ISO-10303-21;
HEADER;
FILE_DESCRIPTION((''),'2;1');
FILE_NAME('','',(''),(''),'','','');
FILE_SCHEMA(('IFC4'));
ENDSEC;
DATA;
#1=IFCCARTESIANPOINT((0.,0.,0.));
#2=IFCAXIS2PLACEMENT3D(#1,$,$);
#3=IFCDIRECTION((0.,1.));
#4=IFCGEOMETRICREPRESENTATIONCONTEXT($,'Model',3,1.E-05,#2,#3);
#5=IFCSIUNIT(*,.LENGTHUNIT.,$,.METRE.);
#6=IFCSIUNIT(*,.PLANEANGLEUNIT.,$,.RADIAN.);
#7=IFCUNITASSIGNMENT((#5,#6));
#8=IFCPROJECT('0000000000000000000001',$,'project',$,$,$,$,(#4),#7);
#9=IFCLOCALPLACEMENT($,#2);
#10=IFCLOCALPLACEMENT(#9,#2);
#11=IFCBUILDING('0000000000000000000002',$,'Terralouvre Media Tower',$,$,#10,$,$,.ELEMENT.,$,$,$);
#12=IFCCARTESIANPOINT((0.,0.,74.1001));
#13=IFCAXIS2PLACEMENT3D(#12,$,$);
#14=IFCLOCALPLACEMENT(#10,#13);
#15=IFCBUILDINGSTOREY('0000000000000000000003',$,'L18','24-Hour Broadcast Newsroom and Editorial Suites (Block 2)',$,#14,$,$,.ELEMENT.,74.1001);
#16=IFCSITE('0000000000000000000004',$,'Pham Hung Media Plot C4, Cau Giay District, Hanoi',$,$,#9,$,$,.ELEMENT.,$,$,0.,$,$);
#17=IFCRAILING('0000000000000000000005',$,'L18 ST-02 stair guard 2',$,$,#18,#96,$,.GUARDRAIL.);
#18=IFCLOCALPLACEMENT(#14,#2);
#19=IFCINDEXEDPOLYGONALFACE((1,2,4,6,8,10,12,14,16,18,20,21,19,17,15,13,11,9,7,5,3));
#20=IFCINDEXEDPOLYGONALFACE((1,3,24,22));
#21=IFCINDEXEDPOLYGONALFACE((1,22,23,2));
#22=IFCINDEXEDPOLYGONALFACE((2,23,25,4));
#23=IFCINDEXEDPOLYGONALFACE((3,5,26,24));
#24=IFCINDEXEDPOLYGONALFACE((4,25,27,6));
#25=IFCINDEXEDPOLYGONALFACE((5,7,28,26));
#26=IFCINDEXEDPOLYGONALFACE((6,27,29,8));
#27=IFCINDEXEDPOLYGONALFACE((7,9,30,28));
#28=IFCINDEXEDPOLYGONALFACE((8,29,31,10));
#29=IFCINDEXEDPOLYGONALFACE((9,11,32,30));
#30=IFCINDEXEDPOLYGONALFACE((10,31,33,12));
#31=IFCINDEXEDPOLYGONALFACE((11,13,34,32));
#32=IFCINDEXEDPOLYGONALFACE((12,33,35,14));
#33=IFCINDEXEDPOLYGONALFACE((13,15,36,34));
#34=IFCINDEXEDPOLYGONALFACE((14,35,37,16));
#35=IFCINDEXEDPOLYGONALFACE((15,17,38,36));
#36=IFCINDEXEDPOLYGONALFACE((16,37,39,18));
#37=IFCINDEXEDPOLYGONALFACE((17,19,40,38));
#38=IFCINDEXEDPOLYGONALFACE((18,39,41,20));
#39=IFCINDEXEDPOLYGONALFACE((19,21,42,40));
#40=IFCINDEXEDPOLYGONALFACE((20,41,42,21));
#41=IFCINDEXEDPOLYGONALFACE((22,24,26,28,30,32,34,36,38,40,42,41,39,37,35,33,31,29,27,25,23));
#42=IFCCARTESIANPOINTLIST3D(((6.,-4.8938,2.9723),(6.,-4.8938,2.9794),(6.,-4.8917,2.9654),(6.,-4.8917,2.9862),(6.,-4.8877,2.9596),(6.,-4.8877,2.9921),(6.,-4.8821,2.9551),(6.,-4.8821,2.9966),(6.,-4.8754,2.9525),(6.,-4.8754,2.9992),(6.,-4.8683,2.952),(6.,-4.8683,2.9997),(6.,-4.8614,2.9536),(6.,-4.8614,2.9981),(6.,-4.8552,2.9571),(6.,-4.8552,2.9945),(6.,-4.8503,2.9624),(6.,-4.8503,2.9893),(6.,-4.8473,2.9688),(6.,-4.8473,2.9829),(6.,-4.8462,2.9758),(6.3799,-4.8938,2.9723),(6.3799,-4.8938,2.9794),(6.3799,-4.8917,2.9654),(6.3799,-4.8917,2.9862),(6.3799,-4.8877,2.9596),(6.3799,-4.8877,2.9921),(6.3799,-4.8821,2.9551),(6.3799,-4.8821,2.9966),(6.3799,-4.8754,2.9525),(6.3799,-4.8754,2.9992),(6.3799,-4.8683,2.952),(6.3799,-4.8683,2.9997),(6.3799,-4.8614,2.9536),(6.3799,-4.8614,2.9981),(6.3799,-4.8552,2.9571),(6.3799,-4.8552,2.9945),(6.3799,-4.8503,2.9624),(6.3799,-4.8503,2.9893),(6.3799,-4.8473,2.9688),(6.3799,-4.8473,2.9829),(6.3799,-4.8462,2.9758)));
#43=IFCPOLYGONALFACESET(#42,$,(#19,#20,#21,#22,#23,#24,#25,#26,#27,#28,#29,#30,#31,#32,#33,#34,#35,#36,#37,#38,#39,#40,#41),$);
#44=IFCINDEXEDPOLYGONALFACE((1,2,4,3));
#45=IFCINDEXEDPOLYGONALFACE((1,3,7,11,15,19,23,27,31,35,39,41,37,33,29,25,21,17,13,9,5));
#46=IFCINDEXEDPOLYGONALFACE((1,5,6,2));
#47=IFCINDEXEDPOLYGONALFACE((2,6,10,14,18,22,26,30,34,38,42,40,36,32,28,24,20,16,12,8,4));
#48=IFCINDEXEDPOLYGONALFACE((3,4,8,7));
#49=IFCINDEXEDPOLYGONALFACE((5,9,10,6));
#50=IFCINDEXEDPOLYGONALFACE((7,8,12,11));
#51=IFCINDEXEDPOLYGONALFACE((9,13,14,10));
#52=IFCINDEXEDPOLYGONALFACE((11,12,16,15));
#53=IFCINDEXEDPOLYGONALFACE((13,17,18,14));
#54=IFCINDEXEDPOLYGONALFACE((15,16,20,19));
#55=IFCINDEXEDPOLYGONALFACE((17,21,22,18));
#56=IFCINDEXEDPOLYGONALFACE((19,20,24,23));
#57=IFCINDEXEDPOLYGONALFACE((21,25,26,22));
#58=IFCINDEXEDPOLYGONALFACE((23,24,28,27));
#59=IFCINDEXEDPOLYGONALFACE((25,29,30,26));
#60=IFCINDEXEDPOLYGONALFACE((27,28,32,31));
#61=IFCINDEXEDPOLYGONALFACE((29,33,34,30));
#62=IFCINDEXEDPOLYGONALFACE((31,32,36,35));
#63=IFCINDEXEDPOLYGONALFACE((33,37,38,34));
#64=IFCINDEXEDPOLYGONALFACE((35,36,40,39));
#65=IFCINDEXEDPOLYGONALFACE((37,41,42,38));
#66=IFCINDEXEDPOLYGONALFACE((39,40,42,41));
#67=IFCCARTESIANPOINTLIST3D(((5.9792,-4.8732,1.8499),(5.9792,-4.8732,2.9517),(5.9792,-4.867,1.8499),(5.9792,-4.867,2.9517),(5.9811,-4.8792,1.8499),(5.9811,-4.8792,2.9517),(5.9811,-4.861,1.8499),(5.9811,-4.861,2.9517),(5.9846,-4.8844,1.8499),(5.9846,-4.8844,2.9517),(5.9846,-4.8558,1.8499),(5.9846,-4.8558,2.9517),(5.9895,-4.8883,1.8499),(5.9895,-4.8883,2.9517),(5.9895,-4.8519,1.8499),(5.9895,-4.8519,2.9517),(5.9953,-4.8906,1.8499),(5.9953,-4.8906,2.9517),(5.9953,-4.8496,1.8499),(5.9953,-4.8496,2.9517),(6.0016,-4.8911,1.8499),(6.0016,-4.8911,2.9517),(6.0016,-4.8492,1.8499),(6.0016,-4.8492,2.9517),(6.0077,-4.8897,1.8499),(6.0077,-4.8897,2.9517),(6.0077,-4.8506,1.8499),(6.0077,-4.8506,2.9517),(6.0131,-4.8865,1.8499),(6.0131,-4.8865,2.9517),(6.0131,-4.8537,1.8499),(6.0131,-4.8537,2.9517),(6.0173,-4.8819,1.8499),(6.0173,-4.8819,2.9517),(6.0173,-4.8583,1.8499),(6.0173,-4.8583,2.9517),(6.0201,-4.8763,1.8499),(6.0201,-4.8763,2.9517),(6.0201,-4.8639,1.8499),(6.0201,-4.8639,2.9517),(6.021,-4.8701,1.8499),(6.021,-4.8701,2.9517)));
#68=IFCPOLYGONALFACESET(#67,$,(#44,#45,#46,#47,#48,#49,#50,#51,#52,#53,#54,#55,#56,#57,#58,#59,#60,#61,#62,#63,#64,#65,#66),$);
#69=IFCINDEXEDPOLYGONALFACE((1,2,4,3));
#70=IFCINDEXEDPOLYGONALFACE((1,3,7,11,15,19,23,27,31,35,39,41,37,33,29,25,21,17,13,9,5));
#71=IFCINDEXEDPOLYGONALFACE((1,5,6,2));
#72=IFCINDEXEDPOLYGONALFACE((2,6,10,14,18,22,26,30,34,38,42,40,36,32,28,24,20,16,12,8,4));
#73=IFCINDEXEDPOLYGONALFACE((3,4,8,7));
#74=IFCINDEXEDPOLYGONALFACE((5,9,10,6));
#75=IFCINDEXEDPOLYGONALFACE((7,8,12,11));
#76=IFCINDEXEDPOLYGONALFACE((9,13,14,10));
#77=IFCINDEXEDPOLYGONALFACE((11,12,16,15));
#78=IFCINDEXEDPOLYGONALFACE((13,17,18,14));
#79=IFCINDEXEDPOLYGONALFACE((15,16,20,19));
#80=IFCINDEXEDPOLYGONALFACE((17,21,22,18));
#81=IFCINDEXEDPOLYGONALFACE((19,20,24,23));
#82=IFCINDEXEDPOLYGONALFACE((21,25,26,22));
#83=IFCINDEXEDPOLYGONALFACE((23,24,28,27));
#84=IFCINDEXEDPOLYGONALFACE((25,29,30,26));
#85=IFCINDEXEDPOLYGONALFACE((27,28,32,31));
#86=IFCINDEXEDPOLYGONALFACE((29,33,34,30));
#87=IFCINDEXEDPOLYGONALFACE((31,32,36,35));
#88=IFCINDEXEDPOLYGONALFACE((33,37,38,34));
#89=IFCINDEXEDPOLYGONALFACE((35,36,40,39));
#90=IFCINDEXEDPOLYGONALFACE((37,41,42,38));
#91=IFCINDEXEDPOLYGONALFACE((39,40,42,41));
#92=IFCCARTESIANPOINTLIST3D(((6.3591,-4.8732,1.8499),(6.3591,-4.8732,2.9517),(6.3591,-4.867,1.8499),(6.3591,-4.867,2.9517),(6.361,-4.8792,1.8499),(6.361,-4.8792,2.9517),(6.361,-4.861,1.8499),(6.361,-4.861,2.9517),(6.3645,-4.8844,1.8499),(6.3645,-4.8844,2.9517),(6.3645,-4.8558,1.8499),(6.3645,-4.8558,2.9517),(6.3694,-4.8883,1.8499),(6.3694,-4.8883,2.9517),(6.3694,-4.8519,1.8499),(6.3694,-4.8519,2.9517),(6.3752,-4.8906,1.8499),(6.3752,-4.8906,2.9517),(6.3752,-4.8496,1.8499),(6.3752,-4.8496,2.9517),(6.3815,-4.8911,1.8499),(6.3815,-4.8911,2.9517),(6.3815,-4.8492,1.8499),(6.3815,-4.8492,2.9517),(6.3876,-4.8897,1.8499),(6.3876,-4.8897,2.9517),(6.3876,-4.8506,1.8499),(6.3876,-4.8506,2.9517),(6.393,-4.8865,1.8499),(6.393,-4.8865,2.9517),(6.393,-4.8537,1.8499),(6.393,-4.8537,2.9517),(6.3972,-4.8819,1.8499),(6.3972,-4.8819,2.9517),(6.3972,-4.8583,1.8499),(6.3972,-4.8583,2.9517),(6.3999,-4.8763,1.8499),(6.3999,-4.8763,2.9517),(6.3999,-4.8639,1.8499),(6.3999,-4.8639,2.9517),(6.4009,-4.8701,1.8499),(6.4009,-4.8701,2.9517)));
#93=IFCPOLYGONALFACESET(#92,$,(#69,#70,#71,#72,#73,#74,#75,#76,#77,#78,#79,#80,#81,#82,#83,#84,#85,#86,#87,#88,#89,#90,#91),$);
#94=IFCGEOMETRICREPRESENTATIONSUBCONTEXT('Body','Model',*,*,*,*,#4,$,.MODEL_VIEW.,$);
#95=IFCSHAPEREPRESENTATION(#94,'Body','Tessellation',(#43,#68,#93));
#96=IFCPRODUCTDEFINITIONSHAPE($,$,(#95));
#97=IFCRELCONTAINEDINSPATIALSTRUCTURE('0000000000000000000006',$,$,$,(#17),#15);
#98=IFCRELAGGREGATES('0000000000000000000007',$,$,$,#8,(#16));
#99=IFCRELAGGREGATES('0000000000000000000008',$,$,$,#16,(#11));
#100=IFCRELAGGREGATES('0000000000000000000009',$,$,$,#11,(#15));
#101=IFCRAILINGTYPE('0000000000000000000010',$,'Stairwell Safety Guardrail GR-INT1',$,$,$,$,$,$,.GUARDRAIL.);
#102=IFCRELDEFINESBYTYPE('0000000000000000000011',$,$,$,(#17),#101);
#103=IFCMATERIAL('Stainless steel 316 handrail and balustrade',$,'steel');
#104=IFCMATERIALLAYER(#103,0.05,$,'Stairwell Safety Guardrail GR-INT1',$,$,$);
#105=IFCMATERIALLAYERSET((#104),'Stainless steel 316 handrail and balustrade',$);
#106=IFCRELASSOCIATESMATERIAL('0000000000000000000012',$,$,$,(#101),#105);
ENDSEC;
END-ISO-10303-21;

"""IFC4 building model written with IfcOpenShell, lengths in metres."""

from ifc_helpers import new_model, si_unit, direction, frame, origin, origin_2d, place, context, subcontext, project, spatial, circle, extrude, material, layer, layer_set, type_object, element, save


model = new_model("IFC4")

# Units and contexts
model_context = context("Model", 3, precision=1e-05, world=origin(), true_north=direction((0.0, 1.0)))
body_context = subcontext(model_context, "Body", "Model", "MODEL_VIEW")
ifc_project = project(units=[si_unit("LENGTHUNIT", "METRE"), si_unit("PLANEANGLEUNIT", "RADIAN")], contexts=[model_context])

# Site, building, storey
site_placement = place(None, origin())
site = spatial("IfcSite", under=ifc_project, at=site_placement, Name="Pham Hung Media Plot C4, Cau Giay District, Hanoi", CompositionType="ELEMENT", RefElevation=0.0)
building_placement = place(site_placement, origin())
building = spatial("IfcBuilding", under=site, at=building_placement, Name="Terralouvre Media Tower", CompositionType="ELEMENT")
storey_placement = place(building_placement, frame((0.0, 0.0, 74.1001)))
storey = spatial("IfcBuildingStorey", under=building, at=storey_placement, Name="L18", Description="24-Hour Broadcast Newsroom and Editorial Suites (Block 2)", CompositionType="ELEMENT", Elevation=74.1001)

# Railing
ifc_material_1 = material(Name="Stainless steel 316 handrail and balustrade", Category="steel")
ifc_layer_1 = layer(ifc_material_1, 0.05, Name="Stairwell Safety Guardrail GR-INT1")
ifc_layer_set_1 = layer_set([ifc_layer_1], Name="Stainless steel 316 handrail and balustrade")
railing_type_1 = type_object("IfcRailingType", Name="Stairwell Safety Guardrail GR-INT1", PredefinedType="GUARDRAIL", material=ifc_layer_set_1)
railing_1_placement = place(storey_placement, frame((6.0, -4.8701, 1.8499)))
element("IfcRailing", 1, at=railing_1_placement, inside=storey, type_object=railing_type_1, Name="L18 ST-02 stair guard 2", PredefinedType="GUARDRAIL", context=body_context, shape_type="SweptSolid", body=[
    extrude(circle(Radius=0.0239, at=origin_2d()), frame((0.0, 0.0, 1.126), z_axis=(1.0, 0.0, 0.0), x_axis=(0.0, 1.0, 0.0)), (0.0, 0.0, 1.0), 0.3799),
    extrude(circle(Radius=0.021, at=origin_2d()), origin(), (0.0, 0.0, 1.0), 1.1018),
    extrude(circle(Radius=0.021, at=origin_2d()), frame((0.3799, 0.0, 0.0)), (0.0, 0.0, 1.0), 1.1018),
])

save(model, "model.ifc")
